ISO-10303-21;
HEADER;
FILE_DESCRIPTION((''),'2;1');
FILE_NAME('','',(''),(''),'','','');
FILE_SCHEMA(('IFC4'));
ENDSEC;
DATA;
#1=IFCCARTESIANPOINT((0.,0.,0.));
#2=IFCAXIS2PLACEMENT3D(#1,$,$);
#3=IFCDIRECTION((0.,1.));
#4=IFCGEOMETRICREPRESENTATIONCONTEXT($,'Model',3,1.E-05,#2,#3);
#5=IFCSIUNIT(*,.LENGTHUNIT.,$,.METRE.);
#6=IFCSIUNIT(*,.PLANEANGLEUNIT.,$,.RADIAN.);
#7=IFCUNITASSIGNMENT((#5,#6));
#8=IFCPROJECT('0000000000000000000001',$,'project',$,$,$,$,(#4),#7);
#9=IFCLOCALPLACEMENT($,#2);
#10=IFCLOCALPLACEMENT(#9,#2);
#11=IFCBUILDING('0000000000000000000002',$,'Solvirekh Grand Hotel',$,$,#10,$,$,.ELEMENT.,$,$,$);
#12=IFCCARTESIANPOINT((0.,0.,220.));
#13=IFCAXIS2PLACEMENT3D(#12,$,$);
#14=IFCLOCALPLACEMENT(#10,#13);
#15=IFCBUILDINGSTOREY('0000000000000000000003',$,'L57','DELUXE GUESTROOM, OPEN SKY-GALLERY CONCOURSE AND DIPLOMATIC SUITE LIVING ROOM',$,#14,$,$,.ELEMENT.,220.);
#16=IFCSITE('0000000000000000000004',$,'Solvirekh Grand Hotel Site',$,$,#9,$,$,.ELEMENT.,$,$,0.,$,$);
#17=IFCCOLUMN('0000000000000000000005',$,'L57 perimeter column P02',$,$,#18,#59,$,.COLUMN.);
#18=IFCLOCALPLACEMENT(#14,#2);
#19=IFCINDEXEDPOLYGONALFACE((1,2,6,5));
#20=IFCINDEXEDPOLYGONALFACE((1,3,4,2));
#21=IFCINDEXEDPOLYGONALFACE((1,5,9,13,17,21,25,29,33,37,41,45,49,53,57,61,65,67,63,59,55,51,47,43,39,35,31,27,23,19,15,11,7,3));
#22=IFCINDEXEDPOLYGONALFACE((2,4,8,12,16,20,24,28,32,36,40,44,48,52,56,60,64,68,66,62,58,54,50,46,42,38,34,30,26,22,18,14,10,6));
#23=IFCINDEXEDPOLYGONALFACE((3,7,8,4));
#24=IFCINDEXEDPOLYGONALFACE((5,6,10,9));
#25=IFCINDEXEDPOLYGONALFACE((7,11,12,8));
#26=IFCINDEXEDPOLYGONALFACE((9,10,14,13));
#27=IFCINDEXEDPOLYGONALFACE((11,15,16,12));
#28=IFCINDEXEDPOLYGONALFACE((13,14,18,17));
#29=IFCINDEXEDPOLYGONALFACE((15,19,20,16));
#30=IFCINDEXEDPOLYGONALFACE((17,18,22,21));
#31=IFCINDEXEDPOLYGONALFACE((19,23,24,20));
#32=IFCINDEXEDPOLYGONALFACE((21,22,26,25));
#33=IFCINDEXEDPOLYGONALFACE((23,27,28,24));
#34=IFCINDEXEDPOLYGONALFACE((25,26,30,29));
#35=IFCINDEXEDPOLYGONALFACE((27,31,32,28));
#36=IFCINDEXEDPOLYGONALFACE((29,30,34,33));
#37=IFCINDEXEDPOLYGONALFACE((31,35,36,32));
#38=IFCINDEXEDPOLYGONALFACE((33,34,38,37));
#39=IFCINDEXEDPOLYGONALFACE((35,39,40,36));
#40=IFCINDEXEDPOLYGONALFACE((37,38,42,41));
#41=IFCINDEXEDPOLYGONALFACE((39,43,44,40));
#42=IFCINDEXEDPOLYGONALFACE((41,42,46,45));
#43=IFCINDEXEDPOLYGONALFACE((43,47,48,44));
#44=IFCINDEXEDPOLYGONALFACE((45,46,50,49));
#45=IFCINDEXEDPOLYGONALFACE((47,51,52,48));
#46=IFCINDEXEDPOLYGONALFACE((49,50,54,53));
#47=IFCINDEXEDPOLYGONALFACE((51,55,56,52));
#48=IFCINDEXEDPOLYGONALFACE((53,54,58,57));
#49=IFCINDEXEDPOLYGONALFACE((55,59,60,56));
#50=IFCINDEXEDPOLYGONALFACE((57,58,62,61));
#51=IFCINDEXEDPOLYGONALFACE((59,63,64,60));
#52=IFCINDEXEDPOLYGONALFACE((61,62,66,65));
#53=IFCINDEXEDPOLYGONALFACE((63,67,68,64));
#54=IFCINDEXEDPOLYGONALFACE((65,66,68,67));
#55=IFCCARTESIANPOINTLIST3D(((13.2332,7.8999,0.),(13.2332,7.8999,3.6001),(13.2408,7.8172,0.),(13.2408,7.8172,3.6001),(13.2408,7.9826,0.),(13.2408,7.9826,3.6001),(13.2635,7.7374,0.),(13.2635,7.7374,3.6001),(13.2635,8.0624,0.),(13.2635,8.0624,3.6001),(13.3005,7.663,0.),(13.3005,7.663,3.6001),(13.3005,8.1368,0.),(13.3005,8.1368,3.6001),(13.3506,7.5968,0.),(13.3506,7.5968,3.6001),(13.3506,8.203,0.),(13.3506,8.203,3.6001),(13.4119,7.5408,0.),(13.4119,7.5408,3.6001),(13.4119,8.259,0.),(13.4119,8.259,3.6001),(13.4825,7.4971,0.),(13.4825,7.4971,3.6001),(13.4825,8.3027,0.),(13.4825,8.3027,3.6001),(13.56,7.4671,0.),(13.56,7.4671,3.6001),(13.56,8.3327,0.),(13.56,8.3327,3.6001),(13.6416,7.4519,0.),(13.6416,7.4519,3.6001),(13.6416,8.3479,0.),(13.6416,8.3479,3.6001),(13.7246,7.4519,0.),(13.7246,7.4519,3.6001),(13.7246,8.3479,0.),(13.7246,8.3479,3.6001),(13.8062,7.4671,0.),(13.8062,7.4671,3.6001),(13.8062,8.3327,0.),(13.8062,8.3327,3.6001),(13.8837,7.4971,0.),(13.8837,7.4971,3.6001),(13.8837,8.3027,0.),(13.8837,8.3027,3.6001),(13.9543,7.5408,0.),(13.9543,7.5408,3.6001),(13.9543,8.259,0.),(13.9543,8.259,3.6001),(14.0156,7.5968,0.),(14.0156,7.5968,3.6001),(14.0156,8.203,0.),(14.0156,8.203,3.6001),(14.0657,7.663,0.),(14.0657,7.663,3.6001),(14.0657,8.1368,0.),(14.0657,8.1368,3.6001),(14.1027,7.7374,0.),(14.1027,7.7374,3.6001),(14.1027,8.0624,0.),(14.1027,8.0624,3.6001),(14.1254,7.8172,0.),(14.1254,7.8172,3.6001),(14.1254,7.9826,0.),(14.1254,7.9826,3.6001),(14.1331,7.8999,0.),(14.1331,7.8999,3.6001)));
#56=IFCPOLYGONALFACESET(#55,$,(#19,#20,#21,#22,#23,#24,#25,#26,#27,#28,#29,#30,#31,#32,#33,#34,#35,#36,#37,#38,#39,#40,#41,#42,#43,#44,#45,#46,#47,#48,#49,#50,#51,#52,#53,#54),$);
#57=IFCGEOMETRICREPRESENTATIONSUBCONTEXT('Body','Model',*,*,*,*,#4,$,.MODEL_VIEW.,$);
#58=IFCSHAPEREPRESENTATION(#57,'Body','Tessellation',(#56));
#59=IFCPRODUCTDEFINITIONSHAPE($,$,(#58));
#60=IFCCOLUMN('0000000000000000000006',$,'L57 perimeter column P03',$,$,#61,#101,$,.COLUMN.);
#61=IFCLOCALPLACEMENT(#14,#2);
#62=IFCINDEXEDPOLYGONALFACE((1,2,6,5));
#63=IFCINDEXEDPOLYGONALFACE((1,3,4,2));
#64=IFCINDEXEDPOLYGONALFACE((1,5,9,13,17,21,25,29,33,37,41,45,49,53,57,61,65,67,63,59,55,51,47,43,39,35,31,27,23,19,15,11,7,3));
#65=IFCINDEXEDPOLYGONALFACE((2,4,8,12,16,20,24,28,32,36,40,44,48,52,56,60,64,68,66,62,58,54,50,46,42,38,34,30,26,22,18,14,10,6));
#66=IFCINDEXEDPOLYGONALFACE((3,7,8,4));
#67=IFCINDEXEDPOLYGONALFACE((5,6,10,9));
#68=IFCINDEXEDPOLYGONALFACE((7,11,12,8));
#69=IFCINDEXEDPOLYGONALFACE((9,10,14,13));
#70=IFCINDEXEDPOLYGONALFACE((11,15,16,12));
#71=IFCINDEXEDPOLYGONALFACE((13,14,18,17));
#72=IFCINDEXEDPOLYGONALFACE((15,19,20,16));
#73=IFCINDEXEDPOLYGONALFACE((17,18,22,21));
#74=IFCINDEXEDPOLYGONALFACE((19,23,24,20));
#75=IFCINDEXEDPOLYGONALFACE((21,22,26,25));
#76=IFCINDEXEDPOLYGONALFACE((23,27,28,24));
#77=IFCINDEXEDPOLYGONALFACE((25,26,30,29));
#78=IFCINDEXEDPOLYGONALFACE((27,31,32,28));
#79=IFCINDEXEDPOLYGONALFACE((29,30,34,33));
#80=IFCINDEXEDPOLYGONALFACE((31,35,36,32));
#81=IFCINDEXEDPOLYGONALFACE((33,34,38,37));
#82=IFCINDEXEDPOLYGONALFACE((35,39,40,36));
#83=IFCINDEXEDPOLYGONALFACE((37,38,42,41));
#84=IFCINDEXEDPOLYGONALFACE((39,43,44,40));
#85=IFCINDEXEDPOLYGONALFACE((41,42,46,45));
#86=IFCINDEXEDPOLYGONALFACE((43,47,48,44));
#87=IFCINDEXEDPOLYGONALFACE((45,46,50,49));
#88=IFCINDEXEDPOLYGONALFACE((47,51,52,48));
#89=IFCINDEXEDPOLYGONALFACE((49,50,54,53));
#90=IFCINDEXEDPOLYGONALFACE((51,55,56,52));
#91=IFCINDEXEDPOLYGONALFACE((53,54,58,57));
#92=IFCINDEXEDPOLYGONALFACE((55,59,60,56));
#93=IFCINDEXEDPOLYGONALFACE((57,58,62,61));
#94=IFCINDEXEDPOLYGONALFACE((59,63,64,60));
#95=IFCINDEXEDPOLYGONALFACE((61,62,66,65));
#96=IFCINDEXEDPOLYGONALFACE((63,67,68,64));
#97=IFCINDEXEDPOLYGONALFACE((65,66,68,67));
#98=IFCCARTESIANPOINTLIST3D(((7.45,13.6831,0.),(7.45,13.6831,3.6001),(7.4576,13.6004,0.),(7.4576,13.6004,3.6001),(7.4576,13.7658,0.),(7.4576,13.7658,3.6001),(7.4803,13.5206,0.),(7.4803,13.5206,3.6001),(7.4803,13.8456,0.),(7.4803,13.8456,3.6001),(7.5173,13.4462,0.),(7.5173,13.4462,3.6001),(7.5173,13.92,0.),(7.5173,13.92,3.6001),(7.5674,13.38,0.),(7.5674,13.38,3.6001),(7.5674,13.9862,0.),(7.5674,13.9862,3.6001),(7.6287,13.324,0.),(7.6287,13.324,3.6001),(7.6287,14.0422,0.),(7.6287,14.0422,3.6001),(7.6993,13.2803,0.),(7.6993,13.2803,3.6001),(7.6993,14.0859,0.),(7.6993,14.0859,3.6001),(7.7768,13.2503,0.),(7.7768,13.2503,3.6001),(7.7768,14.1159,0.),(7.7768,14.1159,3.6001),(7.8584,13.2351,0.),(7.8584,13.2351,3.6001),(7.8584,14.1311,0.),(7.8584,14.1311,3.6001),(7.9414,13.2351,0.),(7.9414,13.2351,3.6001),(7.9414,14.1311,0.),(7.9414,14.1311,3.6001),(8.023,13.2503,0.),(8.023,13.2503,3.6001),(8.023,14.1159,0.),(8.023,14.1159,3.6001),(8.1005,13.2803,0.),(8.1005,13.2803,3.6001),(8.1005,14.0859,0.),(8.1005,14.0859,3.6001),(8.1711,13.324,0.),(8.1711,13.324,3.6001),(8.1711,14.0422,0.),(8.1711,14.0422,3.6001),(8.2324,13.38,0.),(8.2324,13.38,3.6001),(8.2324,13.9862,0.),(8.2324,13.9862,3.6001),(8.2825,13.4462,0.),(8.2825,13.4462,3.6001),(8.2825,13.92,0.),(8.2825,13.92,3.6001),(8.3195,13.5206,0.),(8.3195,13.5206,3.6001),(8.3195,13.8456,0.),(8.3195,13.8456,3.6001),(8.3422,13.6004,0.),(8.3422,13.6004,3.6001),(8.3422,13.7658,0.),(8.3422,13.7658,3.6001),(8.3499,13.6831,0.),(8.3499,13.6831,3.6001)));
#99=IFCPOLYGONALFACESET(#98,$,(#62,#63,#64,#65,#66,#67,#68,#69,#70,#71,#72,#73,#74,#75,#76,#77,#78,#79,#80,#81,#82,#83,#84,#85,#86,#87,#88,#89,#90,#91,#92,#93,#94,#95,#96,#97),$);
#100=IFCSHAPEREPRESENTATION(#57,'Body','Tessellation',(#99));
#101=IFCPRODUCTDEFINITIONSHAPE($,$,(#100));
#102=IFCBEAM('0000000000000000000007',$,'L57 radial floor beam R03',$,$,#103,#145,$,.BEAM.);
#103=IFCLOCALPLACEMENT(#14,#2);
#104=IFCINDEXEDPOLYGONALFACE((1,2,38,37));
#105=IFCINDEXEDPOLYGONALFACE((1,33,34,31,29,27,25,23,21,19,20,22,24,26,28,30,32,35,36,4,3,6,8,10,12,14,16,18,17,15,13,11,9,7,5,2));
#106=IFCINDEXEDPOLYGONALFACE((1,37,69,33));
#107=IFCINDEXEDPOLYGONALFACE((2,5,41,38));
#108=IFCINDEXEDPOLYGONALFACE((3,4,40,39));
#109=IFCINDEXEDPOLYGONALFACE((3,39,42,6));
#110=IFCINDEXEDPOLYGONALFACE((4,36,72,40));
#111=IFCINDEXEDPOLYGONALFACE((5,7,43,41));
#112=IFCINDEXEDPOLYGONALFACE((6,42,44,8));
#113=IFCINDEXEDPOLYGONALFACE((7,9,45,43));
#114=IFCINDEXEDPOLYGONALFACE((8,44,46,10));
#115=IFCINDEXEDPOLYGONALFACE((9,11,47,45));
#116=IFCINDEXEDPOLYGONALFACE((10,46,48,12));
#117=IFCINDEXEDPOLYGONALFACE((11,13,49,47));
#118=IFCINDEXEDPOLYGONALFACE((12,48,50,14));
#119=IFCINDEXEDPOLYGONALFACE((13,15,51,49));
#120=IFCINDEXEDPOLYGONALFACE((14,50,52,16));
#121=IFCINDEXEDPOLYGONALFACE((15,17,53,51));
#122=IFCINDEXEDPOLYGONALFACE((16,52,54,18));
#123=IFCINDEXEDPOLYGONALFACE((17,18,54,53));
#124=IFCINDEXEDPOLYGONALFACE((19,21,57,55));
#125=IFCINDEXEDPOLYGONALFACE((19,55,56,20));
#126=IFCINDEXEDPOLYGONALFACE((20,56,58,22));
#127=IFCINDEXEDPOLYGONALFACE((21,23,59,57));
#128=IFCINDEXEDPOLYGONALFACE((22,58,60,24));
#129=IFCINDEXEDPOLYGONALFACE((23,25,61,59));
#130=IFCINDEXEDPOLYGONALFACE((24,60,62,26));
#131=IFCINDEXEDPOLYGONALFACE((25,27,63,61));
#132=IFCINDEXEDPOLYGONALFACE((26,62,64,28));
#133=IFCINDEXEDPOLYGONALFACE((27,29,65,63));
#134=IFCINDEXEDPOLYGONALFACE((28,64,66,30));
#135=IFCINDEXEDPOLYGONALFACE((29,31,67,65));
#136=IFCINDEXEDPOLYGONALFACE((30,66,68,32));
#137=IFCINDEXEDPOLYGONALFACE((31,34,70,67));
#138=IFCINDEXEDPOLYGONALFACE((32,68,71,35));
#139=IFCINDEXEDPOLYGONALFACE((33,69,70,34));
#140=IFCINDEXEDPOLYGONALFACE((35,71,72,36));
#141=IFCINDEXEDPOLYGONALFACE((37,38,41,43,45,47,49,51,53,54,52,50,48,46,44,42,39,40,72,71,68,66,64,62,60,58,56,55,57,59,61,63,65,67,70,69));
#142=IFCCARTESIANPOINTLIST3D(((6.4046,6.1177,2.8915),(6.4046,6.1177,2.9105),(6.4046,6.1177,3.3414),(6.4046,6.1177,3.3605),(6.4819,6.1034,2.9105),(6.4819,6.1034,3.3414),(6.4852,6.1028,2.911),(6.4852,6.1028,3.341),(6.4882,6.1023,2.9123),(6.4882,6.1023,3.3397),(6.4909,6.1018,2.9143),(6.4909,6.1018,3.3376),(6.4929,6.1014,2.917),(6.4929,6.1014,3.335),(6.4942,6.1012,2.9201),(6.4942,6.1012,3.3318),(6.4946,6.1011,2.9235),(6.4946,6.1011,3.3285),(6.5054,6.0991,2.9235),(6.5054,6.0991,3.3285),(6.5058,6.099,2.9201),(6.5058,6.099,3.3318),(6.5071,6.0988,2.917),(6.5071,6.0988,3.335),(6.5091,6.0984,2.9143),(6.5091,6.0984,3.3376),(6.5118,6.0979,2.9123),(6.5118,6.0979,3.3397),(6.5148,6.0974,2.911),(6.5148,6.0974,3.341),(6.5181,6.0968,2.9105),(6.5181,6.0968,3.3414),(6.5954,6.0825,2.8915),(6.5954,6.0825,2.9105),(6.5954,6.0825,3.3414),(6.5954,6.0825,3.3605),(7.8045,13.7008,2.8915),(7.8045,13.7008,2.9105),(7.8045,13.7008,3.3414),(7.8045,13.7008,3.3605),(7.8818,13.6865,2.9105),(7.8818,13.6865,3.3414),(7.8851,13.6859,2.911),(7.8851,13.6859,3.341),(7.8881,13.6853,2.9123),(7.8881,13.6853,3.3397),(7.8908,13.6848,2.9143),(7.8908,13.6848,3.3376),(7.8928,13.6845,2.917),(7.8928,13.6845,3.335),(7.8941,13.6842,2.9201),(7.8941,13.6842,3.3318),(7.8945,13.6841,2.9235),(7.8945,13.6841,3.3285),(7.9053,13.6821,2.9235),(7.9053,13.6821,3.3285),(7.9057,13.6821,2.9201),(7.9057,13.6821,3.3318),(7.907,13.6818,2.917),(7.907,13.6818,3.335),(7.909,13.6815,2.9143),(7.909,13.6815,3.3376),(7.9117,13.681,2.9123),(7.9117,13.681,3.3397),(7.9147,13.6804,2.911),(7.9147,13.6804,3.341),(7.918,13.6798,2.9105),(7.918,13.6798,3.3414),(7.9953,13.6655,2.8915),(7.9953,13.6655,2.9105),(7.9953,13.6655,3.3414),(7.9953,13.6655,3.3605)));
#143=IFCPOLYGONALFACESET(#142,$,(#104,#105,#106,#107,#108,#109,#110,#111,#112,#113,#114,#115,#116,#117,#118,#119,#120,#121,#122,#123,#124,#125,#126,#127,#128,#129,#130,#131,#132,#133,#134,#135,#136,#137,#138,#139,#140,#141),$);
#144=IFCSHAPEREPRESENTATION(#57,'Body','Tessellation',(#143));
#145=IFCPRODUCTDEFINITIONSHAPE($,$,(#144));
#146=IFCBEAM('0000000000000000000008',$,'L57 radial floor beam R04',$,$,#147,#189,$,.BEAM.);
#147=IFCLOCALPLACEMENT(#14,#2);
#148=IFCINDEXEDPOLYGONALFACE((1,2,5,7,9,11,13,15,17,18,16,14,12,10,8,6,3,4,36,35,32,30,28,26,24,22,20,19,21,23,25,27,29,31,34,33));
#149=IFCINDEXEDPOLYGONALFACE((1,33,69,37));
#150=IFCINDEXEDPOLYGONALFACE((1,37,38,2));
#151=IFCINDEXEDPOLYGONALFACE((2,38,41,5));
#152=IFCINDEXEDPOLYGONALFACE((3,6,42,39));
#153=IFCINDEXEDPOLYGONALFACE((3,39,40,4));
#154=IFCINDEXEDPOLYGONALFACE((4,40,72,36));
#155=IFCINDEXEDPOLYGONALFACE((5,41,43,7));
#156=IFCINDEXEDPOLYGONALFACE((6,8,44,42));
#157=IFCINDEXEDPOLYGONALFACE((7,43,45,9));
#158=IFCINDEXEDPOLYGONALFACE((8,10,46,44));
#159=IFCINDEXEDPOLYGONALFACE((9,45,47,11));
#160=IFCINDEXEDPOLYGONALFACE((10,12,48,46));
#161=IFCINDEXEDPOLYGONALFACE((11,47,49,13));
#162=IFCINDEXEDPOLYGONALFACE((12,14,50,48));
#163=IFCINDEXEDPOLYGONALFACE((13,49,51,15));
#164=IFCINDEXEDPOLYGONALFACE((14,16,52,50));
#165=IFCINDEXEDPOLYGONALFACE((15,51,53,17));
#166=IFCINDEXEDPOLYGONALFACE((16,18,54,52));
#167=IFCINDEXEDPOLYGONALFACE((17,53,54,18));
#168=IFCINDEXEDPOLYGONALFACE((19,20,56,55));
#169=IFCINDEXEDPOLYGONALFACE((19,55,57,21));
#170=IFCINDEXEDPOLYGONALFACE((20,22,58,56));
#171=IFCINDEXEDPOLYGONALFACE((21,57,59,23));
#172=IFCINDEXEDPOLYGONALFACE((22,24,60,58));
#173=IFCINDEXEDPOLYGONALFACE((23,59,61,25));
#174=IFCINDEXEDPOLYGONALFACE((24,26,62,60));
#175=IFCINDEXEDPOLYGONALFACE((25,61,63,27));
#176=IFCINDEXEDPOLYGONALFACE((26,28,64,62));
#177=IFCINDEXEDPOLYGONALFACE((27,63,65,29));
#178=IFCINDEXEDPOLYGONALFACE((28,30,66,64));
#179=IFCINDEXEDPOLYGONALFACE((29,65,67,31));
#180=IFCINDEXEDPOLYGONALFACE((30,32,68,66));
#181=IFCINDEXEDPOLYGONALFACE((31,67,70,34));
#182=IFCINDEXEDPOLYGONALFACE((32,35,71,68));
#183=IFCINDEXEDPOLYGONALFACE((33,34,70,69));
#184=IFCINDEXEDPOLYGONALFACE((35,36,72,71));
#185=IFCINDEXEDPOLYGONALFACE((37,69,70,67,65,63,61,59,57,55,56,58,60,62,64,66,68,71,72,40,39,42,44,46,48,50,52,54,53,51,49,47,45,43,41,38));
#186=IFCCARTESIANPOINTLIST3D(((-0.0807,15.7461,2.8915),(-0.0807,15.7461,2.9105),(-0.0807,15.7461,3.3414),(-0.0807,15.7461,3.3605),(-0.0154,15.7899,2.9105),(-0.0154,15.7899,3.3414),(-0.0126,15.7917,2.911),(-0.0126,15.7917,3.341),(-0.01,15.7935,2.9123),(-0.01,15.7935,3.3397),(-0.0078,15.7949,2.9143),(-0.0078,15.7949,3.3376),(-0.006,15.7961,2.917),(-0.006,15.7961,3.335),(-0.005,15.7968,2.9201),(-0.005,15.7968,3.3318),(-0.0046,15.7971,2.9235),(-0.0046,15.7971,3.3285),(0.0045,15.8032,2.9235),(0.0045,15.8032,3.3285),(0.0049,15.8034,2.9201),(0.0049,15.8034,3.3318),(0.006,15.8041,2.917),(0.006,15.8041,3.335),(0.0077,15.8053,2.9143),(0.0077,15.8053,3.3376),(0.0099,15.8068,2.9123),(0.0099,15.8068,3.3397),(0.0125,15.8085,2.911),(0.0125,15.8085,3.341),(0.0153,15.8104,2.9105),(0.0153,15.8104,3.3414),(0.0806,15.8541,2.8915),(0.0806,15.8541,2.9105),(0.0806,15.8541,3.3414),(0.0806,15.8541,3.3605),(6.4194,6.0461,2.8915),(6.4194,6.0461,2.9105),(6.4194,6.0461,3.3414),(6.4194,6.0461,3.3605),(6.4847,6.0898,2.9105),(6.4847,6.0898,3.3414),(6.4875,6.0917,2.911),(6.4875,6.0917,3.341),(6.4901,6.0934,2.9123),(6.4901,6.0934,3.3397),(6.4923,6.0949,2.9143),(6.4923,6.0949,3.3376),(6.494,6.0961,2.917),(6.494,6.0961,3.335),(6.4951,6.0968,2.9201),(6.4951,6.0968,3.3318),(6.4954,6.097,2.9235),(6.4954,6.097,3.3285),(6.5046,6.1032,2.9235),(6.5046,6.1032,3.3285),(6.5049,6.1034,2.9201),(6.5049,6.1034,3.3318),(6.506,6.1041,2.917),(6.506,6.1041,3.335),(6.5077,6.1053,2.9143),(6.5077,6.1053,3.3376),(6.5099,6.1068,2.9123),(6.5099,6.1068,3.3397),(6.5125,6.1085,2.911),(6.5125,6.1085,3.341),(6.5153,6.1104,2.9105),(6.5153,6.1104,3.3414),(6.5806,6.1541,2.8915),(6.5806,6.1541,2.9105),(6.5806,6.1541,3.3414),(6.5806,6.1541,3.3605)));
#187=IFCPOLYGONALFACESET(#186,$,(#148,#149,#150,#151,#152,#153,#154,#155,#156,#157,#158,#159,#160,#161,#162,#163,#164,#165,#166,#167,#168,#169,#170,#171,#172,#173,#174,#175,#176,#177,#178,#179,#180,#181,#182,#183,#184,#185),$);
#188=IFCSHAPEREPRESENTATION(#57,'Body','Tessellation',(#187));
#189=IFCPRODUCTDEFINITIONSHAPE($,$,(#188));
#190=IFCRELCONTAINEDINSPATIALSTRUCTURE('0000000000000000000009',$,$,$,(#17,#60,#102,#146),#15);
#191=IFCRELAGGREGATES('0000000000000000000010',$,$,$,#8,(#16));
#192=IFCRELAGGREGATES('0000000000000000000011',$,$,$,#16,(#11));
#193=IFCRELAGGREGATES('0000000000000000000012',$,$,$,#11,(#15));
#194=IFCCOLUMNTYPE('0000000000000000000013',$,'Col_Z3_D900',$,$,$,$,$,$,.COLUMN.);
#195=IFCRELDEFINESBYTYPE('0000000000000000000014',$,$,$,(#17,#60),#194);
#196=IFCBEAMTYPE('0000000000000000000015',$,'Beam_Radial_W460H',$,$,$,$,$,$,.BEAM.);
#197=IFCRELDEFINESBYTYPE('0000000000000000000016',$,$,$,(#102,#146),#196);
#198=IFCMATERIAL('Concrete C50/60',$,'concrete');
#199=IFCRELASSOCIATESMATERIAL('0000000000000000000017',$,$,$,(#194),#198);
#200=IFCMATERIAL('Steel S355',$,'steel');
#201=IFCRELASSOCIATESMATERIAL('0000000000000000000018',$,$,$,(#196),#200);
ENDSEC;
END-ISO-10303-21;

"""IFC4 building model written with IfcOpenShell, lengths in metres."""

from ifc_helpers import new_model, si_unit, direction, frame, origin, origin_2d, place, context, subcontext, project, spatial, circle, i_section, extrude, material, material_profile, profile_set, type_object, element, save


model = new_model("IFC4")

# Units and contexts
model_context = context("Model", 3, precision=1e-05, world=origin(), true_north=direction((0.0, 1.0)))
body_context = subcontext(model_context, "Body", "Model", "MODEL_VIEW")
ifc_project = project(units=[si_unit("LENGTHUNIT", "METRE"), si_unit("PLANEANGLEUNIT", "RADIAN")], contexts=[model_context])

# Site, building, storey
site_placement = place(None, origin())
site = spatial("IfcSite", under=ifc_project, at=site_placement, Name="Solvirekh Grand Hotel Site", CompositionType="ELEMENT", RefElevation=0.0)
building_placement = place(site_placement, origin())
building = spatial("IfcBuilding", under=site, at=building_placement, Name="Solvirekh Grand Hotel", CompositionType="ELEMENT")
storey_placement = place(building_placement, frame((0.0, 0.0, 220.0)))
storey = spatial("IfcBuildingStorey", under=building, at=storey_placement, Name="L57", Description="DELUXE GUESTROOM, OPEN SKY-GALLERY CONCOURSE AND DIPLOMATIC SUITE LIVING ROOM", CompositionType="ELEMENT", Elevation=220.0)

# Columns
ifc_material_1 = material(Name="Concrete C50/60", Category="concrete")
ifc_material_profile_1 = material_profile(ifc_material_1, circle(Radius=0.45, at=origin_2d()), Name="RC CIRC D900")
ifc_profile_set_1 = profile_set([ifc_material_profile_1], Name="Concrete C50/60")
column_type = type_object("IfcColumnType", Name="Col_Z3_D900", PredefinedType="COLUMN", material=ifc_profile_set_1)
for number, where, z_axis, x_axis, name in (
    (1, (13.6831, 7.8999, 0.0), (0.0, 0.0, 1.0), (1.0, 0.0, 0.0), "L57 perimeter column P02"),
    (2, (7.8999, 13.6831, 0.0), (0.0, 0.0, 1.0), (1.0, 0.0, 0.0), "L57 perimeter column P03"),
):
    element("IfcColumn", number, at=place(storey_placement, frame(where, z_axis=z_axis, x_axis=x_axis)), inside=storey, type_object=column_type, Name=name, PredefinedType="COLUMN", context=body_context, shape_type="SweptSolid", body=[
        extrude(circle(Radius=0.45, at=origin_2d()), origin(), (0.0, 0.0, 1.0), 3.6001),
    ])

# Beams
ifc_material_2 = material(Name="Steel S355", Category="steel")
ifc_material_profile_2 = material_profile(ifc_material_2, i_section(OverallWidth=0.1941, OverallDepth=0.469, WebThickness=0.011, FlangeThickness=0.019, FilletRadius=0.0129, at=origin_2d()), Name="W460X106")
ifc_profile_set_2 = profile_set([ifc_material_profile_2], Name="Steel S355")
beam_type_1 = type_object("IfcBeamType", Name="Beam_Radial_W460H", PredefinedType="BEAM", material=ifc_profile_set_2)
beam_1_placement = place(storey_placement, frame((6.5, 6.1001, 3.126), z_axis=(0.181543, 0.983383, 0.0), x_axis=(-0.983383, 0.181543, 0.0)))
element("IfcBeam", 3, at=beam_1_placement, inside=storey, type_object=beam_type_1, Name="L57 radial floor beam R03", PredefinedType="BEAM", context=body_context, shape_type="SweptSolid", body=[
    extrude(i_section(OverallWidth=0.1941, OverallDepth=0.469, WebThickness=0.011, FlangeThickness=0.019, FilletRadius=0.0129, at=origin_2d()), origin(), (0.0, 0.0, 1.0), 7.7112),
])
beam_2_placement = place(storey_placement, frame((6.5, 6.1001, 3.126), z_axis=(-0.556677, 0.830729, 0.0), x_axis=(-0.830729, -0.556677, 0.0)))
element("IfcBeam", 4, at=beam_2_placement, inside=storey, type_object=beam_type_1, Name="L57 radial floor beam R04", PredefinedType="BEAM", context=body_context, shape_type="SweptSolid", body=[
    extrude(i_section(OverallWidth=0.1941, OverallDepth=0.469, WebThickness=0.011, FlangeThickness=0.019, FilletRadius=0.0129, at=origin_2d()), origin(), (0.0, 0.0, 1.0), 11.6765),
])

save(model, "model.ifc")
